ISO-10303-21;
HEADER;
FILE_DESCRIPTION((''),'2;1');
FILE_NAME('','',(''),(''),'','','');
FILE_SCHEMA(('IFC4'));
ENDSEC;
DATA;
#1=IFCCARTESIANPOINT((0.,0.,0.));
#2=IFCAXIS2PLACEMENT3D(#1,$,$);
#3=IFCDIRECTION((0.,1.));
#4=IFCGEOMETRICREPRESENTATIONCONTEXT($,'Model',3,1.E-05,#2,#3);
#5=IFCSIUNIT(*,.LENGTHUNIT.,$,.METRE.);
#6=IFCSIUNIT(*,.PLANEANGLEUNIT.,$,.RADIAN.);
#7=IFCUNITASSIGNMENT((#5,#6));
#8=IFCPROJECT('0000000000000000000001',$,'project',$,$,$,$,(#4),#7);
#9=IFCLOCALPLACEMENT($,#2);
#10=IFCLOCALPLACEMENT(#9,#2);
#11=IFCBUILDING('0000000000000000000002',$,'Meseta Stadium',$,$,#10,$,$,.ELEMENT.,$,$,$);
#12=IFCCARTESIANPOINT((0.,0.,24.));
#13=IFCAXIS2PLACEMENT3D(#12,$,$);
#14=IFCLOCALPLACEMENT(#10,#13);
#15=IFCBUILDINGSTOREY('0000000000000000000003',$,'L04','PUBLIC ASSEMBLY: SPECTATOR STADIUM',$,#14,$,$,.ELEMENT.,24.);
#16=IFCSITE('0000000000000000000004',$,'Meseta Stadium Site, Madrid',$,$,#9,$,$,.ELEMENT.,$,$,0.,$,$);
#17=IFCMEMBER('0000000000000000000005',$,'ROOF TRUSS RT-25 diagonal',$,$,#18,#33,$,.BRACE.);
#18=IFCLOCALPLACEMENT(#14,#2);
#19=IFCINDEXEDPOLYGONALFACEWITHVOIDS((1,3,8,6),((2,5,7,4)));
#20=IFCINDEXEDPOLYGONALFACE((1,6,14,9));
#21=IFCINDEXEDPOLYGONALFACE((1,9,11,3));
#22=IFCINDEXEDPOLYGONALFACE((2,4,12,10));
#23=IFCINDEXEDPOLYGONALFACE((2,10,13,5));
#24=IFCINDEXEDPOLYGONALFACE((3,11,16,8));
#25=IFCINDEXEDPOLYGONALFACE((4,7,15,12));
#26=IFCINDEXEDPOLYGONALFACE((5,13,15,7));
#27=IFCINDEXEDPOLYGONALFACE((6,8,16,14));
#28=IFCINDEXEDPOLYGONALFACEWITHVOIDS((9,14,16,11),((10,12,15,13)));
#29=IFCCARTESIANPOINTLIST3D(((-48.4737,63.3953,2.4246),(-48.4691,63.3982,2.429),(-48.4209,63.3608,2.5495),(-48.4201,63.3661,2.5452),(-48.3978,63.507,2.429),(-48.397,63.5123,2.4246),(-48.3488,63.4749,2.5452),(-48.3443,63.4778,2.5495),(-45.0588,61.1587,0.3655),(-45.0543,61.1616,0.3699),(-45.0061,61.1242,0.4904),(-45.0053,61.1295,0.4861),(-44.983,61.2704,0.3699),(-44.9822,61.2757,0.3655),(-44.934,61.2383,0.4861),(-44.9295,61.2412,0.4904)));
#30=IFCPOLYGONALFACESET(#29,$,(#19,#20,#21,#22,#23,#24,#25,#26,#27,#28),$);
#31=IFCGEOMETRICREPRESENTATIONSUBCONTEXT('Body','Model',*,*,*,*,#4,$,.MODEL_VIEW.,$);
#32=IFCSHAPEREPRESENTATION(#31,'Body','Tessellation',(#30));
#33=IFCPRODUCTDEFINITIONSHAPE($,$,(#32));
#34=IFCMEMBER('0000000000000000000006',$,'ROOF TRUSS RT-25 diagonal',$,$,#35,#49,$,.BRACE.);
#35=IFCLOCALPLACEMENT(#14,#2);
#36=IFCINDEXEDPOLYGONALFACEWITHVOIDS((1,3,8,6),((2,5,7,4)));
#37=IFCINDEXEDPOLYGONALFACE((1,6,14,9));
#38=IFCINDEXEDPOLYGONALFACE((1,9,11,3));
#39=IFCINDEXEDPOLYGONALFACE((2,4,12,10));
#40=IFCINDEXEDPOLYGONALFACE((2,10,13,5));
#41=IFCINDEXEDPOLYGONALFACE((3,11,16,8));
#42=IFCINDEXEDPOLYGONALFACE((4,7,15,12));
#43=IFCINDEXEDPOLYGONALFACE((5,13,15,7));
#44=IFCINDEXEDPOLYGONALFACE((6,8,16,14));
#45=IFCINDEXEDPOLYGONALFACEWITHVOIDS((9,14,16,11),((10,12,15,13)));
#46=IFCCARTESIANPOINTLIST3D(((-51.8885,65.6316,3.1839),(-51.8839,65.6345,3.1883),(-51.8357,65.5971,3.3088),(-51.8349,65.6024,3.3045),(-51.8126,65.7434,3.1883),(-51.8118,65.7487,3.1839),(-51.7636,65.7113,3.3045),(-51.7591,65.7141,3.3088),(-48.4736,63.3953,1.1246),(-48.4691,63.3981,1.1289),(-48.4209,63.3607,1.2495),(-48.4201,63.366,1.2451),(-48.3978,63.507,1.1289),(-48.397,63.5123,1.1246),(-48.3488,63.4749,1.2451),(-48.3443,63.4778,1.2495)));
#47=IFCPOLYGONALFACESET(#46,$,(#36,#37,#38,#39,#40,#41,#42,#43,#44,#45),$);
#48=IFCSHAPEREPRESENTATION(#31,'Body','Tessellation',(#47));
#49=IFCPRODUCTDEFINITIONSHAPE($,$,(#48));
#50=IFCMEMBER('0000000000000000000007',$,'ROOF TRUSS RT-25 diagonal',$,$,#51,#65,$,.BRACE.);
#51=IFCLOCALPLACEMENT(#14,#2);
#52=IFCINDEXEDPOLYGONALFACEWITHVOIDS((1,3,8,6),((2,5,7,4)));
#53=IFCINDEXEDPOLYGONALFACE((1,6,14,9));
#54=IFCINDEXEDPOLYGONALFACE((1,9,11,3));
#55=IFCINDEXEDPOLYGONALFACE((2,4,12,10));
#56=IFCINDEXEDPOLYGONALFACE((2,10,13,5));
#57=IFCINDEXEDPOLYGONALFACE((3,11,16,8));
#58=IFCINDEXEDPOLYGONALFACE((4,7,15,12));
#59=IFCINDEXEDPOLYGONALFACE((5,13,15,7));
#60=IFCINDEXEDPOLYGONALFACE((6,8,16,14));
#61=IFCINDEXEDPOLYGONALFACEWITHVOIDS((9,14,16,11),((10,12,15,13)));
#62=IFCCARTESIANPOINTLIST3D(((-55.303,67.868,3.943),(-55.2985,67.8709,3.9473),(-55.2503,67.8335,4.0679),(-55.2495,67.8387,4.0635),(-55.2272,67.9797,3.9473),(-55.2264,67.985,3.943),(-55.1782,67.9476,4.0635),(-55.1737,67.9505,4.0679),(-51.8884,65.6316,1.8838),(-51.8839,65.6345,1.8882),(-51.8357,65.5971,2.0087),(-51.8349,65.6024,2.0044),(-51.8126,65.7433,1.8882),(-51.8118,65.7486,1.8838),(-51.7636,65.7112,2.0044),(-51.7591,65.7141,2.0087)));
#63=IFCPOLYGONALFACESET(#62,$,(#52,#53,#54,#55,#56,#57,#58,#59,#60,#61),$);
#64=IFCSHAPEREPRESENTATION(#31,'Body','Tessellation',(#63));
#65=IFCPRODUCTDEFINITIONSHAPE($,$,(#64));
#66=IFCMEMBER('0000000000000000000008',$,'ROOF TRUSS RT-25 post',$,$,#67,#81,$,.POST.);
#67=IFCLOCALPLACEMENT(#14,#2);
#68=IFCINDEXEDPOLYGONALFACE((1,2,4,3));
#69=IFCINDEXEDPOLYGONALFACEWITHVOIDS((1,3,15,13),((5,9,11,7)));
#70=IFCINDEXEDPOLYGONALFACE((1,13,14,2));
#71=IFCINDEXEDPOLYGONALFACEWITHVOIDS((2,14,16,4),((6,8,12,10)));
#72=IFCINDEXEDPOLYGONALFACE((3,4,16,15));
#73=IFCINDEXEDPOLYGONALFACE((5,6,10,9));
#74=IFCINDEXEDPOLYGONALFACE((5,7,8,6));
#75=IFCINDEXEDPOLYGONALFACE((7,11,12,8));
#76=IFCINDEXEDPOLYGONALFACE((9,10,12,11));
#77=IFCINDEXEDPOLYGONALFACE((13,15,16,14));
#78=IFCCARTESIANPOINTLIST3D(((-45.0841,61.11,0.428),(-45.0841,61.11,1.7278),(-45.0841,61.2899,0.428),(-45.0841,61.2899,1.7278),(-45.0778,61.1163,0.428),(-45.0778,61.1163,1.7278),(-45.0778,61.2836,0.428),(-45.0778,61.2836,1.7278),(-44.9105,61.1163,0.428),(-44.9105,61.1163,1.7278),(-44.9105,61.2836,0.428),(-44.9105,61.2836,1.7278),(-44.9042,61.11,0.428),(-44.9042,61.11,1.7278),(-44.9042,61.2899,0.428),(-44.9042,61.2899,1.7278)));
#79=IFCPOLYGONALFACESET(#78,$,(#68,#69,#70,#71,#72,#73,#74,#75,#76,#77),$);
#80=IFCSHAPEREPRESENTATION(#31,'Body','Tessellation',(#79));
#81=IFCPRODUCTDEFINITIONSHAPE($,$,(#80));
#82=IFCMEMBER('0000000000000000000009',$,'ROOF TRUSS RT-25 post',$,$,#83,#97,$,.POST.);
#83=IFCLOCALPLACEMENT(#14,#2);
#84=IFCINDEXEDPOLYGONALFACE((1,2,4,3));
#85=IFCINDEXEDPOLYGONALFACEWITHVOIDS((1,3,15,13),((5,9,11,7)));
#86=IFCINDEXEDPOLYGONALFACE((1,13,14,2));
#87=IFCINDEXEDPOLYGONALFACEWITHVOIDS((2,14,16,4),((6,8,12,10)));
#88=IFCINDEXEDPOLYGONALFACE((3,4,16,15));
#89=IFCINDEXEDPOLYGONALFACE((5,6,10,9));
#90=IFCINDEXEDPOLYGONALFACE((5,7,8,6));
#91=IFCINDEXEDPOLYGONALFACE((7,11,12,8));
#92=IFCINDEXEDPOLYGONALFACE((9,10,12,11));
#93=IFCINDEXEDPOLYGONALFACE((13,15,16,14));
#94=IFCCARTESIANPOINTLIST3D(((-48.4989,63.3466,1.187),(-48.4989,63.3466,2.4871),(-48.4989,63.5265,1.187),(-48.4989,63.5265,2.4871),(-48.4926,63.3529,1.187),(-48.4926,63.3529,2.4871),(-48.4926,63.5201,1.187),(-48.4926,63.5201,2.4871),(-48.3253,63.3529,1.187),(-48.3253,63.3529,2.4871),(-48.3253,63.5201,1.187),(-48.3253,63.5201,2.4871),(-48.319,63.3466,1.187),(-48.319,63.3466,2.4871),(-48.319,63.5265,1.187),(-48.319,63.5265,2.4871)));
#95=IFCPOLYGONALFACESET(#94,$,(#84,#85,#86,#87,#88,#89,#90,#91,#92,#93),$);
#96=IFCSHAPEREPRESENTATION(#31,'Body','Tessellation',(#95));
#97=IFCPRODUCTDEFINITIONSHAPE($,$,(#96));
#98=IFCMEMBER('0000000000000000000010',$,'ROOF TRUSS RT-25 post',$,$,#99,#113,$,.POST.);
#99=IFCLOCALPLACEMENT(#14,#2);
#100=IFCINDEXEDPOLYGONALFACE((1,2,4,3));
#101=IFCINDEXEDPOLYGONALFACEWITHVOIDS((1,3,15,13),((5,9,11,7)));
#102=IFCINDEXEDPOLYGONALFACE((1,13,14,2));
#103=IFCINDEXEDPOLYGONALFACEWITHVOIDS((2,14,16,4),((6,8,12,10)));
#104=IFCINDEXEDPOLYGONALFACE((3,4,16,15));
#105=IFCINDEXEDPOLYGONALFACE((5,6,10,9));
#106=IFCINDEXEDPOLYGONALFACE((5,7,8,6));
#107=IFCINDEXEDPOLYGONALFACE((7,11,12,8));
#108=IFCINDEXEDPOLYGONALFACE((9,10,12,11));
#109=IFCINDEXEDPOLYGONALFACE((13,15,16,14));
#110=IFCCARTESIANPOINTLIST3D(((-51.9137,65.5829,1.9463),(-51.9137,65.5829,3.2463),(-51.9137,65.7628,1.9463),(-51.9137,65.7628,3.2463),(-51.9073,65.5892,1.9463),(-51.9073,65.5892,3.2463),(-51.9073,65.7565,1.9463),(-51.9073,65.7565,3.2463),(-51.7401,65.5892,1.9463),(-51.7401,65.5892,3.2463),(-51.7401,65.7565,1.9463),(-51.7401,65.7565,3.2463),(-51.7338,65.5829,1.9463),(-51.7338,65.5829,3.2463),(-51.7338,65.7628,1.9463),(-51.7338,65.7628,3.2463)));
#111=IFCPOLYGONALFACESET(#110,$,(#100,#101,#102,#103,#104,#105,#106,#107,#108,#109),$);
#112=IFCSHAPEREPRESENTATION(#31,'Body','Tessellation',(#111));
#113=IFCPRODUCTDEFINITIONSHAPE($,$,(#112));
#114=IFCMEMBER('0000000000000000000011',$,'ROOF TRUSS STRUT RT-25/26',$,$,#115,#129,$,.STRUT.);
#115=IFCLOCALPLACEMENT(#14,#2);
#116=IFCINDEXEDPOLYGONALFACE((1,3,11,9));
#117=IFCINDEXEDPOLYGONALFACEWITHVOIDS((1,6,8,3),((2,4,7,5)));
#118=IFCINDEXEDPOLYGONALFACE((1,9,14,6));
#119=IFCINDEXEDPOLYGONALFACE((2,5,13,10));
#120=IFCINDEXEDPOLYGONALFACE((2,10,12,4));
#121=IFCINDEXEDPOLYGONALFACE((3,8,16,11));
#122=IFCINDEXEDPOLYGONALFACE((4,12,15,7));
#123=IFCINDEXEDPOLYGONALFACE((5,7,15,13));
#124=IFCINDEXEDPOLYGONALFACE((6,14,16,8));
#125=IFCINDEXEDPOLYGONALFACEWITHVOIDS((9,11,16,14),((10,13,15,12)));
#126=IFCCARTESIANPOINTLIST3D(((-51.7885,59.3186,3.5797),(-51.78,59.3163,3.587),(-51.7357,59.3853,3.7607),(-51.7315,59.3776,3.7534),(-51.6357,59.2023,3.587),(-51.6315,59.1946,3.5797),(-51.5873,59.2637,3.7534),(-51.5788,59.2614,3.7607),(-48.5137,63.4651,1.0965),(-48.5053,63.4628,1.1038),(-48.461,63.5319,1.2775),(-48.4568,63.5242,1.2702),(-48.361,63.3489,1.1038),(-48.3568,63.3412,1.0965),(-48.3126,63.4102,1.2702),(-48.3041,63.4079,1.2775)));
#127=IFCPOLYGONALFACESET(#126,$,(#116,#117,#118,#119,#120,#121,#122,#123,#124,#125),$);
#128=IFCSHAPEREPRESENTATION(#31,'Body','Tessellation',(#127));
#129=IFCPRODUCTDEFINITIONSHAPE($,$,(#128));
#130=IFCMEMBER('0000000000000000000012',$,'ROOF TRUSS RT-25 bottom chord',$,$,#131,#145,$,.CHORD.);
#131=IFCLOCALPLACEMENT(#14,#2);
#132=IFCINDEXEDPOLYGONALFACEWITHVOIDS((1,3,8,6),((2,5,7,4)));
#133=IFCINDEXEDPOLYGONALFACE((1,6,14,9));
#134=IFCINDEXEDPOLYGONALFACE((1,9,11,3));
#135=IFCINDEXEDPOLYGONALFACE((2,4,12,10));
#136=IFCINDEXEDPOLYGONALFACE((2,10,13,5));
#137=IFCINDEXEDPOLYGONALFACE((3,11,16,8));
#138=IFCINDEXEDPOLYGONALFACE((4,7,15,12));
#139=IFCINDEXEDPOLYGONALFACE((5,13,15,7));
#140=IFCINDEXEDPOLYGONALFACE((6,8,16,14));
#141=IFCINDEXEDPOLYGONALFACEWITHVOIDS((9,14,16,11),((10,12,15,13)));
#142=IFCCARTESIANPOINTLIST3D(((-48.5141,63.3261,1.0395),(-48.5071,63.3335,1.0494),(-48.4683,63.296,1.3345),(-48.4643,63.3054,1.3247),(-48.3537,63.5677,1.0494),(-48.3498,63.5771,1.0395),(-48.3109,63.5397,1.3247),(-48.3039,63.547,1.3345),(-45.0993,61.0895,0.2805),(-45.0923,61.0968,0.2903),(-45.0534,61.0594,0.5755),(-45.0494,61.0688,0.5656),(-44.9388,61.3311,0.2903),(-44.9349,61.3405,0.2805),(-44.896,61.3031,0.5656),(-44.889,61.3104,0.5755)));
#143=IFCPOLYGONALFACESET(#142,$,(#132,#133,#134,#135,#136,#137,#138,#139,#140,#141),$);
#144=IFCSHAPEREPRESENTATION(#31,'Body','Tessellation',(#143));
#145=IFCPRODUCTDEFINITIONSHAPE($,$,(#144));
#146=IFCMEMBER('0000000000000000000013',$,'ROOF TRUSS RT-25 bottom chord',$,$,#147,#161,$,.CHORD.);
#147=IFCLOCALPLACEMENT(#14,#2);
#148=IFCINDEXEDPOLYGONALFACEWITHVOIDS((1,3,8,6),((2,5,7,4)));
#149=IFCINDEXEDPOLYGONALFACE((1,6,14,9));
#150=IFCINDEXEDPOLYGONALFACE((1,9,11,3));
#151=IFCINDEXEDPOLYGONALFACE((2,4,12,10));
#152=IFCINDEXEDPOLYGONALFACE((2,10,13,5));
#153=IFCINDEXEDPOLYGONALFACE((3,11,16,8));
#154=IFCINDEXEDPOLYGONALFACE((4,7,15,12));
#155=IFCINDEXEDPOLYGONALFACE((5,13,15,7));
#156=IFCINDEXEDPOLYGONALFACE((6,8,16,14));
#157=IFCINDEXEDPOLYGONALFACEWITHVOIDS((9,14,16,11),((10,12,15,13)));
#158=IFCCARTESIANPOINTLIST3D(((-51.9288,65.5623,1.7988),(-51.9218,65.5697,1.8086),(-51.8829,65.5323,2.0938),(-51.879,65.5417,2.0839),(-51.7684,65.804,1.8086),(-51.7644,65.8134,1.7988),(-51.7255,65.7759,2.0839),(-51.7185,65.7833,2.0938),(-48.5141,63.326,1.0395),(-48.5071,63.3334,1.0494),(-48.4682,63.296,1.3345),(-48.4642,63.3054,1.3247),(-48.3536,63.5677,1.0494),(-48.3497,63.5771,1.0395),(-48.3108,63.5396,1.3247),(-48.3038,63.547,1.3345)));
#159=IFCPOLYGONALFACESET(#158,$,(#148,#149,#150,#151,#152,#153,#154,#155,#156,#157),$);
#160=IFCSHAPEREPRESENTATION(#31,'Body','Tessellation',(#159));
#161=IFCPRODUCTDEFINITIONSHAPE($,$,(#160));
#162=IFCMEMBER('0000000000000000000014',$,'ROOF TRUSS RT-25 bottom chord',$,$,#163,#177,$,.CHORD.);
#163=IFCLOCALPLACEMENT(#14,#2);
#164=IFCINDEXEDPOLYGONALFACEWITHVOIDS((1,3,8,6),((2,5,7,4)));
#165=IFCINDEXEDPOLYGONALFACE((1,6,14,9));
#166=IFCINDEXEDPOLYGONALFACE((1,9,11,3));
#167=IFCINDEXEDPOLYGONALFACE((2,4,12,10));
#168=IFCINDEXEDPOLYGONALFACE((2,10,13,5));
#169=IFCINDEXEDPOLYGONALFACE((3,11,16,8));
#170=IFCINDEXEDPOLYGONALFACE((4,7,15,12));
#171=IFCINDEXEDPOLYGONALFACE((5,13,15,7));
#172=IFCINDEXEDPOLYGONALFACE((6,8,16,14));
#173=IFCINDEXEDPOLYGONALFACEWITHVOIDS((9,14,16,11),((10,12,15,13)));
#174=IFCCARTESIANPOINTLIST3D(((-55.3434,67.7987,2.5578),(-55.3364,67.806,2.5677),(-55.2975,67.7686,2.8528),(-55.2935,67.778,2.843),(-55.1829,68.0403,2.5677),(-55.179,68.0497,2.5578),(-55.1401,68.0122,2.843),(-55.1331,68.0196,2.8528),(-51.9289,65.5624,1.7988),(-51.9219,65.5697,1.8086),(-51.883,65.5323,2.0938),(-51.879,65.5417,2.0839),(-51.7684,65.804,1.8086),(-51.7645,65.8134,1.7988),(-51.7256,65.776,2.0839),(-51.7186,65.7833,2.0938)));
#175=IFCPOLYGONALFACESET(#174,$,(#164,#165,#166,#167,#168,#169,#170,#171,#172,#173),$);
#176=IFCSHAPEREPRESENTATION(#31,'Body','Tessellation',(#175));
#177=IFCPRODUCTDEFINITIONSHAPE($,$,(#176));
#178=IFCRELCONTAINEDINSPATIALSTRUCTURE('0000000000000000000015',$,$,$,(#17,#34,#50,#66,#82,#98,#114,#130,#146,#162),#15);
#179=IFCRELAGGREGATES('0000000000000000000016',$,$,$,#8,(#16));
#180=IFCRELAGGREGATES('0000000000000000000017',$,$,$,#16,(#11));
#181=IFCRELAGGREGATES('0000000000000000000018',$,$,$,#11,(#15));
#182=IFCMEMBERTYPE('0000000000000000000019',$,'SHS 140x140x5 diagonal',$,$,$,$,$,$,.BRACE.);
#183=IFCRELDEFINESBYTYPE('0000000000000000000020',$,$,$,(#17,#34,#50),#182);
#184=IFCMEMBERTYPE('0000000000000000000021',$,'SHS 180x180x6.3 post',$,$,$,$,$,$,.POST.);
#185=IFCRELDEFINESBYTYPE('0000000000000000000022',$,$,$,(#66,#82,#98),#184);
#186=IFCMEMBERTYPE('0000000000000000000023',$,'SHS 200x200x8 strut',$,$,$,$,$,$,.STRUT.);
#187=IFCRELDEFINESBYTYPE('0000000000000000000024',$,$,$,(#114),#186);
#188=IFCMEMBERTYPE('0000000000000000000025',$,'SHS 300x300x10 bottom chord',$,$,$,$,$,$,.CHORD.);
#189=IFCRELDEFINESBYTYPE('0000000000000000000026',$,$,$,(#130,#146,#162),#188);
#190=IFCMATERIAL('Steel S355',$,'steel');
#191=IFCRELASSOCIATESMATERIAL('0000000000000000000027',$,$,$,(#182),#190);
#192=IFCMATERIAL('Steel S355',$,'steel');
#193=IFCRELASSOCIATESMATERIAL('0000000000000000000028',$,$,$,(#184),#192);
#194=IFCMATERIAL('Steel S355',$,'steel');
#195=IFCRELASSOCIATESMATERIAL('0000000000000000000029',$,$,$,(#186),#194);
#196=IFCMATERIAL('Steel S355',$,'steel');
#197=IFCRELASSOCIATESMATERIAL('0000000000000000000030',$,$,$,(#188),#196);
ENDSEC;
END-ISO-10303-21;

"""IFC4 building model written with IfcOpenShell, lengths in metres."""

from ifc_helpers import new_model, si_unit, direction, frame, origin, origin_2d, place, context, subcontext, project, spatial, hollow_rectangle, extrude, material, material_profile, profile_set, type_object, element, save


model = new_model("IFC4")

# Units and contexts
model_context = context("Model", 3, precision=1e-05, world=origin(), true_north=direction((0.0, 1.0)))
body_context = subcontext(model_context, "Body", "Model", "MODEL_VIEW")
ifc_project = project(units=[si_unit("LENGTHUNIT", "METRE"), si_unit("PLANEANGLEUNIT", "RADIAN")], contexts=[model_context])

# Site, building, storey
site_placement = place(None, origin())
site = spatial("IfcSite", under=ifc_project, at=site_placement, Name="Meseta Stadium Site, Madrid", CompositionType="ELEMENT", RefElevation=0.0)
building_placement = place(site_placement, origin())
building = spatial("IfcBuilding", under=site, at=building_placement, Name="Meseta Stadium", CompositionType="ELEMENT")
storey_placement = place(building_placement, frame((0.0, 0.0, 24.0)))
storey = spatial("IfcBuildingStorey", under=building, at=storey_placement, Name="L04", Description="PUBLIC ASSEMBLY: SPECTATOR STADIUM", CompositionType="ELEMENT", Elevation=24.0)

# Members
ifc_material_1 = material(Name="Steel S355", Category="steel")
ifc_material_profile_1 = material_profile(ifc_material_1, hollow_rectangle(XDim=0.1399, YDim=0.1399, WallThickness=0.0049, at=origin_2d()), Name="SHS 140x140x5")
ifc_profile_set_1 = profile_set([ifc_material_profile_1], Name="Steel S355")
member_type_1 = type_object("IfcMemberType", Name="SHS 140x140x5 diagonal", PredefinedType="BRACE", material=ifc_profile_set_1)
for number, where, z_axis, x_axis, name in (
    (1, (-44.9941, 61.2, 0.428), (-0.746898, 0.489192, 0.450371), (-0.547905, -0.836541, 0.0), "ROOF TRUSS RT-25 diagonal"),
    (2, (-48.4089, 63.4365, 1.187), (-0.7469, 0.48914, 0.450425), (-0.547863, -0.836568, 0.0), "ROOF TRUSS RT-25 diagonal"),
):
    element("IfcMember", number, at=place(storey_placement, frame(where, z_axis=z_axis, x_axis=x_axis)), inside=storey, type_object=member_type_1, Name=name, PredefinedType="BRACE", context=body_context, shape_type="SweptSolid", body=[
        extrude(hollow_rectangle(XDim=0.1399, YDim=0.1399, WallThickness=0.0049, at=origin_2d()), origin(), (0.0, 0.0, 1.0), 4.572),
    ])
member_1_placement = place(storey_placement, frame((-51.8237, 65.6729, 1.9463), z_axis=(-0.746894, 0.489171, 0.450401), x_axis=(-0.547891, -0.83655, 0.0)))
element("IfcMember", 3, at=member_1_placement, inside=storey, type_object=member_type_1, Name="ROOF TRUSS RT-25 diagonal", PredefinedType="BRACE", context=body_context, shape_type="SweptSolid", body=[
    extrude(hollow_rectangle(XDim=0.1399, YDim=0.1399, WallThickness=0.0049, at=origin_2d()), origin(), (0.0, 0.0, 1.0), 4.5718),
])
ifc_material_2 = material(Name="Steel S355", Category="steel")
ifc_material_profile_2 = material_profile(ifc_material_2, hollow_rectangle(XDim=0.1799, YDim=0.1799, WallThickness=0.0063, at=origin_2d()), Name="SHS 180x180x6.3")
ifc_profile_set_2 = profile_set([ifc_material_profile_2], Name="Steel S355")
member_type_2 = type_object("IfcMemberType", Name="SHS 180x180x6.3 post", PredefinedType="POST", material=ifc_profile_set_2)
member_2_placement = place(storey_placement, frame((-44.9941, 61.2, 0.428), z_axis=(0.0, 0.0, 1.0), x_axis=(1.0, 0.0, 0.0)))
element("IfcMember", 4, at=member_2_placement, inside=storey, type_object=member_type_2, Name="ROOF TRUSS RT-25 post", PredefinedType="POST", context=body_context, shape_type="SweptSolid", body=[
    extrude(hollow_rectangle(XDim=0.1799, YDim=0.1799, WallThickness=0.0063, at=origin_2d()), origin(), (0.0, 0.0, 1.0), 1.2998),
])
for number, where, z_axis, x_axis, name in (
    (5, (-48.4089, 63.4365, 1.187), (0.0, 0.0, 1.0), (1.0, 0.0, 0.0), "ROOF TRUSS RT-25 post"),
    (6, (-51.8237, 65.6729, 1.9463), (0.0, 0.0, 1.0), (1.0, 0.0, 0.0), "ROOF TRUSS RT-25 post"),
):
    element("IfcMember", number, at=place(storey_placement, frame(where, z_axis=z_axis, x_axis=x_axis)), inside=storey, type_object=member_type_2, Name=name, PredefinedType="POST", context=body_context, shape_type="SweptSolid", body=[
        extrude(hollow_rectangle(XDim=0.1799, YDim=0.1799, WallThickness=0.0063, at=origin_2d()), origin(), (0.0, 0.0, 1.0), 1.3),
    ])
ifc_material_3 = material(Name="Steel S355", Category="steel")
ifc_material_profile_3 = material_profile(ifc_material_3, hollow_rectangle(XDim=0.2, YDim=0.2, WallThickness=0.0081, at=origin_2d()), Name="SHS 200x200x8")
ifc_profile_set_3 = profile_set([ifc_material_profile_3], Name="Steel S355")
member_type_3 = type_object("IfcMemberType", Name="SHS 200x200x8 strut", PredefinedType="STRUT", material=ifc_profile_set_3)
member_3_placement = place(storey_placement, frame((-48.4089, 63.4365, 1.187), z_axis=(-0.560917, -0.710252, 0.42534), x_axis=(0.78478, -0.619775, 0.0)))
element("IfcMember", 7, at=member_3_placement, inside=storey, type_object=member_type_3, Name="ROOF TRUSS STRUT RT-25/26", PredefinedType="STRUT", context=body_context, shape_type="SweptSolid", body=[
    extrude(hollow_rectangle(XDim=0.2, YDim=0.2, WallThickness=0.0081, at=origin_2d()), origin(), (0.0, 0.0, 1.0), 5.8381),
])
ifc_material_4 = material(Name="Steel S355", Category="steel")
ifc_material_profile_4 = material_profile(ifc_material_4, hollow_rectangle(XDim=0.3, YDim=0.3, WallThickness=0.01, at=origin_2d()), Name="SHS 300x300x10")
ifc_profile_set_4 = profile_set([ifc_material_profile_4], Name="Steel S355")
member_type_4 = type_object("IfcMemberType", Name="SHS 300x300x10 bottom chord", PredefinedType="CHORD", material=ifc_profile_set_4)
member_4_placement = place(storey_placement, frame((-44.9941, 61.2, 0.428), z_axis=(-0.822443, 0.538672, 0.182811), x_axis=(-0.547905, -0.836541, 0.0)))
element("IfcMember", 8, at=member_4_placement, inside=storey, type_object=member_type_4, Name="ROOF TRUSS RT-25 bottom chord", PredefinedType="CHORD", context=body_context, shape_type="SweptSolid", body=[
    extrude(hollow_rectangle(XDim=0.3, YDim=0.3, WallThickness=0.01, at=origin_2d()), origin(), (0.0, 0.0, 1.0), 4.1521),
])
member_5_placement = place(storey_placement, frame((-48.4089, 63.4365, 1.187), z_axis=(-0.82246, 0.538624, 0.182874), x_axis=(-0.547863, -0.836568, 0.0)))
element("IfcMember", 9, at=member_5_placement, inside=storey, type_object=member_type_4, Name="ROOF TRUSS RT-25 bottom chord", PredefinedType="CHORD", context=body_context, shape_type="SweptSolid", body=[
    extrude(hollow_rectangle(XDim=0.3, YDim=0.3, WallThickness=0.01, at=origin_2d()), origin(), (0.0, 0.0, 1.0), 4.1519),
])
member_6_placement = place(storey_placement, frame((-51.8237, 65.6729, 1.9463), z_axis=(-0.82245, 0.538656, 0.182826), x_axis=(-0.547891, -0.83655, 0.0)))
element("IfcMember", 10, at=member_6_placement, inside=storey, type_object=member_type_4, Name="ROOF TRUSS RT-25 bottom chord", PredefinedType="CHORD", context=body_context, shape_type="SweptSolid", body=[
    extrude(hollow_rectangle(XDim=0.3, YDim=0.3, WallThickness=0.01, at=origin_2d()), origin(), (0.0, 0.0, 1.0), 4.1516),
])

save(model, "model.ifc")
